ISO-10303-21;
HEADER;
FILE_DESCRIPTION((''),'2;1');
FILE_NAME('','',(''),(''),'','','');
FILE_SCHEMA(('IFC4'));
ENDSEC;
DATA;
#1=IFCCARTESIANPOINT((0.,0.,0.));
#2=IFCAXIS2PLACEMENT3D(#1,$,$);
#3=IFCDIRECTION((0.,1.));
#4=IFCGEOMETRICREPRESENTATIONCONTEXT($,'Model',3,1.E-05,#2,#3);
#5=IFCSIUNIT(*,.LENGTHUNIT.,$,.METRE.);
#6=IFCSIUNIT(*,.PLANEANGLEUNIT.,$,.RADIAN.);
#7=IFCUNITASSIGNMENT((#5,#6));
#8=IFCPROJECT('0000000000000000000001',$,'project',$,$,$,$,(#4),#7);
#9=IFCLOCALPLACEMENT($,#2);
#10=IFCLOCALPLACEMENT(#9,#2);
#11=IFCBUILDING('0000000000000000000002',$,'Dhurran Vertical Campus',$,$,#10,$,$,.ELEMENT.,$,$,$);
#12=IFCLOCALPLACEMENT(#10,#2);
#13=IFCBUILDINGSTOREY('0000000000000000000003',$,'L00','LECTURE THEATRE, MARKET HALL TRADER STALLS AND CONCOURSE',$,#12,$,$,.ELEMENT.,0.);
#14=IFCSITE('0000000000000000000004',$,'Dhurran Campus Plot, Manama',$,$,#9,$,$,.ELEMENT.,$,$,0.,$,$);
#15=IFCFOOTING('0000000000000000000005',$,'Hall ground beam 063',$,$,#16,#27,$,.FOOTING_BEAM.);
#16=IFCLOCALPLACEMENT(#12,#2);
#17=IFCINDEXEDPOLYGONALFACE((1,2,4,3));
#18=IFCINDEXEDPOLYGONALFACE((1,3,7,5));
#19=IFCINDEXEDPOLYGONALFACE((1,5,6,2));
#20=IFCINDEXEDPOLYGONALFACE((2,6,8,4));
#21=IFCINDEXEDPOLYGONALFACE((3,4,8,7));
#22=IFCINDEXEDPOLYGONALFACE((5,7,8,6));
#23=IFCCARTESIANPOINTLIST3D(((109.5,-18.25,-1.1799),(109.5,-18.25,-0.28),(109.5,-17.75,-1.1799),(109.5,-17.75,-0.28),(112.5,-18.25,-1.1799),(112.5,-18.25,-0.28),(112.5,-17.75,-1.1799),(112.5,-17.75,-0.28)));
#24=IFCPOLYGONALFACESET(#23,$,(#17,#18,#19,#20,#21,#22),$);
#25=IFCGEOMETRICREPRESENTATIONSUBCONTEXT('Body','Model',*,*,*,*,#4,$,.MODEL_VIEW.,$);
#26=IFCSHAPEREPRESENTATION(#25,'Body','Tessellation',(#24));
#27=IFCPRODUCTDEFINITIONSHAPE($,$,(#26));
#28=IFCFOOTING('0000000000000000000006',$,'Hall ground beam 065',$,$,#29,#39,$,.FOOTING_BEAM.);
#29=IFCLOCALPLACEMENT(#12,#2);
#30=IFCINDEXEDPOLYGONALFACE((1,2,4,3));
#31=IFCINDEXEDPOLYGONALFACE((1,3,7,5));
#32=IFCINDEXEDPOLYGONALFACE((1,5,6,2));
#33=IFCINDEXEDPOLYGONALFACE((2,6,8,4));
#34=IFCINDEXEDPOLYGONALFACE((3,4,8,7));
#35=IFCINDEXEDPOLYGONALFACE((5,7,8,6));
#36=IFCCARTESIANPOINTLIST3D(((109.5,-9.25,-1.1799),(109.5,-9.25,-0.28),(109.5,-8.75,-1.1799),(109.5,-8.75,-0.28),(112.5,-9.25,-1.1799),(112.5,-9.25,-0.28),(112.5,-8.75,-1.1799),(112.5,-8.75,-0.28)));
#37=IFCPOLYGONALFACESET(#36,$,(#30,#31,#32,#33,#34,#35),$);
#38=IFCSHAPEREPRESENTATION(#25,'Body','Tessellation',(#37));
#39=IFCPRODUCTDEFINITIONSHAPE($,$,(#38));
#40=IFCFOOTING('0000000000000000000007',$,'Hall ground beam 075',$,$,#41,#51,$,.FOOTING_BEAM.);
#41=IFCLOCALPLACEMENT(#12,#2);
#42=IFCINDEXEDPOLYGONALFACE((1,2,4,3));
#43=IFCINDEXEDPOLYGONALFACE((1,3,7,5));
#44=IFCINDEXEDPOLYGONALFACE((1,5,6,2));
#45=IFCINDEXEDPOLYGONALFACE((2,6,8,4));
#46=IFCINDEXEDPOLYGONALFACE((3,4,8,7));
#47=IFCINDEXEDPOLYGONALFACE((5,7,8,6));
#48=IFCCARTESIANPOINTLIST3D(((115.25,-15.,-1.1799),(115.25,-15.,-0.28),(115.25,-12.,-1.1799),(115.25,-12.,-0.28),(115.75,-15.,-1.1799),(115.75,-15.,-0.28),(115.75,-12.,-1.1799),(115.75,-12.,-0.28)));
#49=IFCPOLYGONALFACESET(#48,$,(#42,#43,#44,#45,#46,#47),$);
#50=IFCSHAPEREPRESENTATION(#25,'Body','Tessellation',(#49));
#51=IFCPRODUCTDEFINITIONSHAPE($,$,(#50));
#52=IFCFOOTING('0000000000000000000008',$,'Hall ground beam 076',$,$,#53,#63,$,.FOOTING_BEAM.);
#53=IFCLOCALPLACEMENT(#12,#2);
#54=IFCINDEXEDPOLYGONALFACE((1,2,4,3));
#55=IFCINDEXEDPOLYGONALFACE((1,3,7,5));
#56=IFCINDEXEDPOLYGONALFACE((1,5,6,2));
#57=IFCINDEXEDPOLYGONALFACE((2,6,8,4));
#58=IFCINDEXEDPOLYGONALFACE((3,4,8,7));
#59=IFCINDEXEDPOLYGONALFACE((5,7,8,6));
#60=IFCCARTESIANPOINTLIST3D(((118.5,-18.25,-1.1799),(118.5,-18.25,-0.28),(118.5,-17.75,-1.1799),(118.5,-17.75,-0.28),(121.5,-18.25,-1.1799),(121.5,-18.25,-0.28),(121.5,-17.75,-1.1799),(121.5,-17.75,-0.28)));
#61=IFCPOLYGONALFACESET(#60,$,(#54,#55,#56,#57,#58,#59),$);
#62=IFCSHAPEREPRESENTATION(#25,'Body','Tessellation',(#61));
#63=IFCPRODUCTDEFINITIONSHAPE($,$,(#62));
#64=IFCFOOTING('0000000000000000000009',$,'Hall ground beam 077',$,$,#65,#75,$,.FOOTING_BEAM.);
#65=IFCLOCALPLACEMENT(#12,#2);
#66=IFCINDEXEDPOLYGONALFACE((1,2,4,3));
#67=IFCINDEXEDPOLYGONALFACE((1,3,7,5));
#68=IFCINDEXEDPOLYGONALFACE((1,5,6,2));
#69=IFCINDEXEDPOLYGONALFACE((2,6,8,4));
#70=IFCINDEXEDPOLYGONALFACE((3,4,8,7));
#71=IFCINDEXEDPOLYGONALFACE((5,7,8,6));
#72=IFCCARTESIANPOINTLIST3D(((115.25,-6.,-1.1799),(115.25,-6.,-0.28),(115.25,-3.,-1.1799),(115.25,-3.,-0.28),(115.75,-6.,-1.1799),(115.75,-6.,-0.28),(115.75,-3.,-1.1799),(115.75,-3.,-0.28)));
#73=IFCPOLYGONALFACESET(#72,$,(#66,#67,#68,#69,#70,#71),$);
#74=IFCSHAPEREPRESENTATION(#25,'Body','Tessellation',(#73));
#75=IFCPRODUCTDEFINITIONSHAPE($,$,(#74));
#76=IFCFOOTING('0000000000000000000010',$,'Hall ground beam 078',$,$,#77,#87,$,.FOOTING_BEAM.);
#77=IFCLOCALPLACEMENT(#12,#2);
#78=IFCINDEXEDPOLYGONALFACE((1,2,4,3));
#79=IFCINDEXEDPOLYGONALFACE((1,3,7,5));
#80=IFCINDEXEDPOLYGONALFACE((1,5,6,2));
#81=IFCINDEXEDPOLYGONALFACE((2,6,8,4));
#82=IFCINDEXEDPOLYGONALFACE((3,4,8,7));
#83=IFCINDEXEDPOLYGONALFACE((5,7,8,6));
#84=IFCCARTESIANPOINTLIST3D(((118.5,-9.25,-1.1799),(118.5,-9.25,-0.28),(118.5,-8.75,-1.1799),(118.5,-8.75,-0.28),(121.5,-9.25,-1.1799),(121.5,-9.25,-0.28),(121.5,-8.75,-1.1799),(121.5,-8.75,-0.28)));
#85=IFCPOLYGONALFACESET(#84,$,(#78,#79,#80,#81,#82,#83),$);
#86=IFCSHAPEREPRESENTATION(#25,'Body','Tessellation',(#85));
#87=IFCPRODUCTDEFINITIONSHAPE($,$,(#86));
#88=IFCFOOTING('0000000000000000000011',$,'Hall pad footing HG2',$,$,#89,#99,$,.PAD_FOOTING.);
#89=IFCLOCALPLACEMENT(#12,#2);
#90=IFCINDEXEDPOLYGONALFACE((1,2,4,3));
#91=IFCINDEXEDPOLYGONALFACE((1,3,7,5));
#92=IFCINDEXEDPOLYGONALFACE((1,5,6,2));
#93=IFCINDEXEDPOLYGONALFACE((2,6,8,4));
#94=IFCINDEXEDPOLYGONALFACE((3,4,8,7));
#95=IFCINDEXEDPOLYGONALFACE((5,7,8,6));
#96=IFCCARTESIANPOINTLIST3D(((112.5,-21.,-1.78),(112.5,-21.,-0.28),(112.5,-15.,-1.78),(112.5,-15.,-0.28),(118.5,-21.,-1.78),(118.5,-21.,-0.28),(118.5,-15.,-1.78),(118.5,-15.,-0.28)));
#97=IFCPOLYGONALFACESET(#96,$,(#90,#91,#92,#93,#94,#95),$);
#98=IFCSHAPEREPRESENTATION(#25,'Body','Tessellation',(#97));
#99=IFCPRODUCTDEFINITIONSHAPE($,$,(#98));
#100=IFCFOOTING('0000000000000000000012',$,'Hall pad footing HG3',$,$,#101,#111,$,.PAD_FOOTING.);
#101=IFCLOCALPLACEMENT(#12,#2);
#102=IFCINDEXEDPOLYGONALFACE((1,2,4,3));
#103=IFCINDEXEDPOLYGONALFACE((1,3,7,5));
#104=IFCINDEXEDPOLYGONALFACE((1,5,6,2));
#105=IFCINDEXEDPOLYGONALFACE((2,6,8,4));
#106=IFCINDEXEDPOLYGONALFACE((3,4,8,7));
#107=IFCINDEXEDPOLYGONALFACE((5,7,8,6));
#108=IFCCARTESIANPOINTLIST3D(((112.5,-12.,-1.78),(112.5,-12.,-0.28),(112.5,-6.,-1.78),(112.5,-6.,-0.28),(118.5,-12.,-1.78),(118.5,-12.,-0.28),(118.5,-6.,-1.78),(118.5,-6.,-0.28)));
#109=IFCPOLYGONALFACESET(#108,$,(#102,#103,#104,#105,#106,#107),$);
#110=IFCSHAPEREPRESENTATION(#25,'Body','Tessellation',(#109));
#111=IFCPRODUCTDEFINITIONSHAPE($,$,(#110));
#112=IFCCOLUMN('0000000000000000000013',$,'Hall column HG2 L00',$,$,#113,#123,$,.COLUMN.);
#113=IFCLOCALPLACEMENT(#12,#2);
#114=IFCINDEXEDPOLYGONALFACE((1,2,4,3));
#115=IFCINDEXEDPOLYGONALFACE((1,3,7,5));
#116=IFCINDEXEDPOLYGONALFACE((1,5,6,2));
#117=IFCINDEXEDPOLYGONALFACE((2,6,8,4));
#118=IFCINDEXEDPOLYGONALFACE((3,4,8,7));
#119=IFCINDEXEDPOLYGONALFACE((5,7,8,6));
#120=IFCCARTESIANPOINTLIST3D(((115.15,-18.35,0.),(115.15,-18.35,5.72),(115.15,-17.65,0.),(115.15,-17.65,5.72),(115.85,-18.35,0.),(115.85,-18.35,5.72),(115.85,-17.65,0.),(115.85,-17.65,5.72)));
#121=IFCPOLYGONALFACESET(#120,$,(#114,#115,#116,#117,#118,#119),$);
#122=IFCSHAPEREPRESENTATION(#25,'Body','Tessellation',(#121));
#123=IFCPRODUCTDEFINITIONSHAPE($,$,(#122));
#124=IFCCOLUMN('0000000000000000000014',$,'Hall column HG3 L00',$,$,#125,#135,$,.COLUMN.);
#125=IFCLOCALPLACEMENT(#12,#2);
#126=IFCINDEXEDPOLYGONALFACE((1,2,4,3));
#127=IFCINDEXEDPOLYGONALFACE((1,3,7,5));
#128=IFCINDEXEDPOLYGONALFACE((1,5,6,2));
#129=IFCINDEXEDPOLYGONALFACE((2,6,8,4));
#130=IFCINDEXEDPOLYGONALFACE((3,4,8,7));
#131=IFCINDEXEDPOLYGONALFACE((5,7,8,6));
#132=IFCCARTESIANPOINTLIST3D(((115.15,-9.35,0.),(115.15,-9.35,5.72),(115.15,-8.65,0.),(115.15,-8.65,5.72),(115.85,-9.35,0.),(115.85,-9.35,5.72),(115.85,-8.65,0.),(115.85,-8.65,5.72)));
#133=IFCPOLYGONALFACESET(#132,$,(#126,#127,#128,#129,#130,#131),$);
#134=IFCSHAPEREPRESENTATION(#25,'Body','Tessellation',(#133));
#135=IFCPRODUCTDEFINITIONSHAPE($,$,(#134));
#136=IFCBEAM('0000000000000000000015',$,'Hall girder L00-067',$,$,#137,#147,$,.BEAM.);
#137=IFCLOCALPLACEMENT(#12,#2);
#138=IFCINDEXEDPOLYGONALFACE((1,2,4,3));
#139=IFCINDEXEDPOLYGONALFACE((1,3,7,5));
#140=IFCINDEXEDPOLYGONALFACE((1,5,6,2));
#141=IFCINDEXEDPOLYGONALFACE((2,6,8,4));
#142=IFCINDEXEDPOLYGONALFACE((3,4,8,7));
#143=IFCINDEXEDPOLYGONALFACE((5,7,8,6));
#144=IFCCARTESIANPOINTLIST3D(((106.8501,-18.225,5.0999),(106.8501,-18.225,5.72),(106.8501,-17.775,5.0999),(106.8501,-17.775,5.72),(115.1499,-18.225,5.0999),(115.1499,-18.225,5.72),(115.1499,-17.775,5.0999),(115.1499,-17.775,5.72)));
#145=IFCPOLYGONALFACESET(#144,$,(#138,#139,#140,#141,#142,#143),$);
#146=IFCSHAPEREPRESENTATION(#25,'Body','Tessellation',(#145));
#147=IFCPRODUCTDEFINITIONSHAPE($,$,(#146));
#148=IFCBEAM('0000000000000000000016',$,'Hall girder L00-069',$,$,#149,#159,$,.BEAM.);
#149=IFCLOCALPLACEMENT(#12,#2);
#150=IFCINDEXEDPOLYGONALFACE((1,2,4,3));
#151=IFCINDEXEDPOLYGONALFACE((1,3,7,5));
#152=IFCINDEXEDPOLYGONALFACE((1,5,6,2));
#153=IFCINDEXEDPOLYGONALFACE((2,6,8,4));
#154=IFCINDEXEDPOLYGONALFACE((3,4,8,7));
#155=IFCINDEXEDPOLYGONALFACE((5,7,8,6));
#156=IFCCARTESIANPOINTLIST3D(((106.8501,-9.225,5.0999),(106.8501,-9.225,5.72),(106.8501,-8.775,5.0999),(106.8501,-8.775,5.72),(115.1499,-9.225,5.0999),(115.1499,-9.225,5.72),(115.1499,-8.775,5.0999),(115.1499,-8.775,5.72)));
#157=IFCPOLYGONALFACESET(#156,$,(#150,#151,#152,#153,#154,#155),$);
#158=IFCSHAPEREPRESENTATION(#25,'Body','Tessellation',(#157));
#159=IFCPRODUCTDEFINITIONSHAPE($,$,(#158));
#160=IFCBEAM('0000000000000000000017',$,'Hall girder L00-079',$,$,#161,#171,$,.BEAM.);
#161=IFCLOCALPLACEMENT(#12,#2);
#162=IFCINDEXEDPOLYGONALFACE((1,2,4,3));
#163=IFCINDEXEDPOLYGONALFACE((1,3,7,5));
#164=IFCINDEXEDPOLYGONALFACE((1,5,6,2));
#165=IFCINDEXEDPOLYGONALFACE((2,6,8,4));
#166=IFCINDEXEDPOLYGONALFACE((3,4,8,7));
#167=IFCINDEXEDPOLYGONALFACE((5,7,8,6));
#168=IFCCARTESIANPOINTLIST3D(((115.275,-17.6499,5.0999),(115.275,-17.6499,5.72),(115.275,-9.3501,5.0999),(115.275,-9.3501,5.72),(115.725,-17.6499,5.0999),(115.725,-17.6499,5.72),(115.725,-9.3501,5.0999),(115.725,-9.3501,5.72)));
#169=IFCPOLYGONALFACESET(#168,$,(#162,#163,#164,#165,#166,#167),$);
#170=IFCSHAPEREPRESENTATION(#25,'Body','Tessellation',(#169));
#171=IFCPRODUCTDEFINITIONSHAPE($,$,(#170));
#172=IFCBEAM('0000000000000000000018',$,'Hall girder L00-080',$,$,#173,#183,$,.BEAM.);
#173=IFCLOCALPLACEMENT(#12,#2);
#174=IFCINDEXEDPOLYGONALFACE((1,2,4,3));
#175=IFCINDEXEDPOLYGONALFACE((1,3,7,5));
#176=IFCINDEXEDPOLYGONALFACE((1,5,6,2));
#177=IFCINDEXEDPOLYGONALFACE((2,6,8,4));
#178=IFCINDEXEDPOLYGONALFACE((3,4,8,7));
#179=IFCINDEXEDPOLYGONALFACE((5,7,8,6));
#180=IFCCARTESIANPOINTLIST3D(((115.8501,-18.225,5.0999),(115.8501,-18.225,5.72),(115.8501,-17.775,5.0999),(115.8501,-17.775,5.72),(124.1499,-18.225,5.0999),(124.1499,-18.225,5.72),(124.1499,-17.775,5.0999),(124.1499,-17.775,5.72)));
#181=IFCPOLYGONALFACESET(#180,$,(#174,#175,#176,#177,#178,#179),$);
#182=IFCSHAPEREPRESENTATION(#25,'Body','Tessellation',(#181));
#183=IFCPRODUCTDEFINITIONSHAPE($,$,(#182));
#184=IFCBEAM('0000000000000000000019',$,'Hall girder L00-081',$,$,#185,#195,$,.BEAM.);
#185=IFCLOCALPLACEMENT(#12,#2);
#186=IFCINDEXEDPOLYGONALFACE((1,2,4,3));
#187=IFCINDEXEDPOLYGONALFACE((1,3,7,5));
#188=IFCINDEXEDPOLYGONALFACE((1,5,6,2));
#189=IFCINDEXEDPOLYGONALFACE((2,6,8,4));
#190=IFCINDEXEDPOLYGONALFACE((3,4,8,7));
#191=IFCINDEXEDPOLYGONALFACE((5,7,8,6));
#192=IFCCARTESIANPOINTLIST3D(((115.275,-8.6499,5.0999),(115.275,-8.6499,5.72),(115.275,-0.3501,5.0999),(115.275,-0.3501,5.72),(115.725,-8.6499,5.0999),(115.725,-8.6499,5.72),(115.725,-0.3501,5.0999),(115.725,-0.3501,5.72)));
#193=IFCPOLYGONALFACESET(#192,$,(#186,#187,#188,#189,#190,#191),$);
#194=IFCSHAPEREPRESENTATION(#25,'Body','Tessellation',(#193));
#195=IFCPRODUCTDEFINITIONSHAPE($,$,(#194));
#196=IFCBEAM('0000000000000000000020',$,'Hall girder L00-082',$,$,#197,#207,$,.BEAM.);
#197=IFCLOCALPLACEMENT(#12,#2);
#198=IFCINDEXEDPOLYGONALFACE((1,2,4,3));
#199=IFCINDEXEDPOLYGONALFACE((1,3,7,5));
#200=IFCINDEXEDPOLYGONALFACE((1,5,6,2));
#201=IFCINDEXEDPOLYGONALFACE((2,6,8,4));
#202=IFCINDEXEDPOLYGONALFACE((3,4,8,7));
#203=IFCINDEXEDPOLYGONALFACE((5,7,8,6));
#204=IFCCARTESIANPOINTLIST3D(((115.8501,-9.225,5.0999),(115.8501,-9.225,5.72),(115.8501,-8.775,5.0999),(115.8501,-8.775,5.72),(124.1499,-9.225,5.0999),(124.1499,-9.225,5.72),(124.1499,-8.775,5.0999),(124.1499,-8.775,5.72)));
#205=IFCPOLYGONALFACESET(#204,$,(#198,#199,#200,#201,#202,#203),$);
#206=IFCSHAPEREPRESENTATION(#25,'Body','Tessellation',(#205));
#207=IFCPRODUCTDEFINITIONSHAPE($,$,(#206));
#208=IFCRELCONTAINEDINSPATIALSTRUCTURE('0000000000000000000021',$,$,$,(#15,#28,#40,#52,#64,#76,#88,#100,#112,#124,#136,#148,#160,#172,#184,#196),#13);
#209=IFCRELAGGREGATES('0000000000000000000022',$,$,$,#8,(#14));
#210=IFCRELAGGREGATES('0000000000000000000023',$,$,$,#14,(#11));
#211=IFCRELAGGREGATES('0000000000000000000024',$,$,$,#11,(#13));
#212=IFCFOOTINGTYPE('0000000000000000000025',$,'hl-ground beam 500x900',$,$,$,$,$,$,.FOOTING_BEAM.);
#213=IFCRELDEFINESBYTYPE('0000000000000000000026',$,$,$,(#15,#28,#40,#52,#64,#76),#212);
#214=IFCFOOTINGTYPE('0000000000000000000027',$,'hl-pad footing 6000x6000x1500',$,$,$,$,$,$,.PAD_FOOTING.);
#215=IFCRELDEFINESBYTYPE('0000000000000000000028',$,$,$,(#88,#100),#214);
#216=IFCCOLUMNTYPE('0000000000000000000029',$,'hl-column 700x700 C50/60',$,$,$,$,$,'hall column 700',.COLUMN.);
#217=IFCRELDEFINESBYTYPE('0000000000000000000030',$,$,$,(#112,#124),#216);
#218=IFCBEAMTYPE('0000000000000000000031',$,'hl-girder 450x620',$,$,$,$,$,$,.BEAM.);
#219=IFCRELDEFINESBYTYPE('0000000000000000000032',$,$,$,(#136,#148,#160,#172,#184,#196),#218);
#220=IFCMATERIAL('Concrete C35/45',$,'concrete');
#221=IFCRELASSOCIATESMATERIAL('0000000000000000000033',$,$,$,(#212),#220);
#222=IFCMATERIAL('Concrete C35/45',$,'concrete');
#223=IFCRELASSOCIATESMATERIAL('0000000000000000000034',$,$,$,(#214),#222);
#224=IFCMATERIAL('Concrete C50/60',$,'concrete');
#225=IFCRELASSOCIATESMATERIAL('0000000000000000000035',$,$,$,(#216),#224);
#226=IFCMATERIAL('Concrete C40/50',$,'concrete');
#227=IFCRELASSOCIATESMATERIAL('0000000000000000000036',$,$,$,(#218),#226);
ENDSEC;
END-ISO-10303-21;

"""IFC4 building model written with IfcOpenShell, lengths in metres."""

from ifc_helpers import new_model, si_unit, direction, frame, origin, origin_2d, place, context, subcontext, project, spatial, rectangle, extrude, material, material_profile, profile_set, type_object, element, save


model = new_model("IFC4")

# Units and contexts
model_context = context("Model", 3, precision=1e-05, world=origin(), true_north=direction((0.0, 1.0)))
body_context = subcontext(model_context, "Body", "Model", "MODEL_VIEW")
ifc_project = project(units=[si_unit("LENGTHUNIT", "METRE"), si_unit("PLANEANGLEUNIT", "RADIAN")], contexts=[model_context])

# Site, building, storey
site_placement = place(None, origin())
site = spatial("IfcSite", under=ifc_project, at=site_placement, Name="Dhurran Campus Plot, Manama", CompositionType="ELEMENT", RefElevation=0.0)
building_placement = place(site_placement, origin())
building = spatial("IfcBuilding", under=site, at=building_placement, Name="Dhurran Vertical Campus", CompositionType="ELEMENT")
storey_placement = place(building_placement, origin())
storey = spatial("IfcBuildingStorey", under=building, at=storey_placement, Name="L00", Description="LECTURE THEATRE, MARKET HALL TRADER STALLS AND CONCOURSE", CompositionType="ELEMENT", Elevation=0.0)

# Footings
ifc_material_1 = material(Name="Concrete C35/45", Category="concrete")
ifc_material_profile_1 = material_profile(ifc_material_1, rectangle(XDim=0.5, YDim=0.8999, at=origin_2d()), Name="hl-ground beam 500x900")
ifc_profile_set_1 = profile_set([ifc_material_profile_1], Name="Concrete C35/45")
footing_type_1 = type_object("IfcFootingType", Name="hl-ground beam 500x900", PredefinedType="FOOTING_BEAM", material=ifc_profile_set_1)
for number, where, z_axis, x_axis, name in (
    (1, (109.5, -18.0, -0.73), (1.0, 0.0, 0.0), (0.0, 1.0, 0.0), "Hall ground beam 063"),
    (2, (109.5, -9.0, -0.73), (1.0, 0.0, 0.0), (0.0, 1.0, 0.0), "Hall ground beam 065"),
    (3, (115.5, -15.0, -0.73), (0.0, 1.0, 0.0), (-1.0, 0.0, 0.0), "Hall ground beam 075"),
    (4, (118.5, -18.0, -0.73), (1.0, 0.0, 0.0), (0.0, 1.0, 0.0), "Hall ground beam 076"),
    (5, (115.5, -6.0, -0.73), (0.0, 1.0, 0.0), (-1.0, 0.0, 0.0), "Hall ground beam 077"),
    (6, (118.5, -9.0, -0.73), (1.0, 0.0, 0.0), (0.0, 1.0, 0.0), "Hall ground beam 078"),
):
    element("IfcFooting", number, at=place(storey_placement, frame(where, z_axis=z_axis, x_axis=x_axis)), inside=storey, type_object=footing_type_1, Name=name, PredefinedType="FOOTING_BEAM", context=body_context, shape_type="SweptSolid", body=[
        extrude(rectangle(XDim=0.5, YDim=0.8999, at=origin_2d()), origin(), (0.0, 0.0, 1.0), 3.0),
    ])
ifc_material_2 = material(Name="Concrete C35/45", Category="concrete")
footing_type_2 = type_object("IfcFootingType", Name="hl-pad footing 6000x6000x1500", PredefinedType="PAD_FOOTING", material=ifc_material_2)
for number, where, z_axis, x_axis, name in (
    (7, (115.5, -18.0, -1.78), (0.0, 0.0, 1.0), (1.0, 0.0, 0.0), "Hall pad footing HG2"),
    (8, (115.5, -9.0, -1.78), (0.0, 0.0, 1.0), (1.0, 0.0, 0.0), "Hall pad footing HG3"),
):
    element("IfcFooting", number, at=place(storey_placement, frame(where, z_axis=z_axis, x_axis=x_axis)), inside=storey, type_object=footing_type_2, Name=name, PredefinedType="PAD_FOOTING", context=body_context, shape_type="SweptSolid", body=[
        extrude(rectangle(XDim=6.0, YDim=6.0, at=origin_2d()), origin(), (0.0, 0.0, 1.0), 1.5),
    ])

# Columns
ifc_material_3 = material(Name="Concrete C50/60", Category="concrete")
ifc_material_profile_2 = material_profile(ifc_material_3, rectangle(XDim=0.7, YDim=0.7, at=origin_2d()), Name="hl-column 700x700 C50/60")
ifc_profile_set_2 = profile_set([ifc_material_profile_2], Name="Concrete C50/60")
column_type = type_object("IfcColumnType", Name="hl-column 700x700 C50/60", ElementType="hall column 700", PredefinedType="COLUMN", material=ifc_profile_set_2)
for number, where, z_axis, x_axis, name in (
    (9, (115.5, -18.0, 0.0), (0.0, 0.0, 1.0), (1.0, 0.0, 0.0), "Hall column HG2 L00"),
    (10, (115.5, -9.0, 0.0), (0.0, 0.0, 1.0), (1.0, 0.0, 0.0), "Hall column HG3 L00"),
):
    element("IfcColumn", number, at=place(storey_placement, frame(where, z_axis=z_axis, x_axis=x_axis)), inside=storey, type_object=column_type, Name=name, PredefinedType="COLUMN", context=body_context, shape_type="SweptSolid", body=[
        extrude(rectangle(XDim=0.7, YDim=0.7, at=origin_2d()), origin(), (0.0, 0.0, 1.0), 5.72),
    ])

# Beams
ifc_material_4 = material(Name="Concrete C40/50", Category="concrete")
ifc_material_profile_3 = material_profile(ifc_material_4, rectangle(XDim=0.45, YDim=0.6201, at=origin_2d()), Name="hl-girder 450x620")
ifc_profile_set_3 = profile_set([ifc_material_profile_3], Name="Concrete C40/50")
beam_type = type_object("IfcBeamType", Name="hl-girder 450x620", PredefinedType="BEAM", material=ifc_profile_set_3)
for number, where, z_axis, x_axis, name in (
    (11, (106.8501, -18.0, 5.4099), (1.0, 0.0, 0.0), (0.0, 1.0, 0.0), "Hall girder L00-067"),
    (12, (106.8501, -9.0, 5.4099), (1.0, 0.0, 0.0), (0.0, 1.0, 0.0), "Hall girder L00-069"),
    (13, (115.5, -17.6499, 5.4099), (0.0, 1.0, 0.0), (-1.0, 0.0, 0.0), "Hall girder L00-079"),
    (14, (115.8501, -18.0, 5.4099), (1.0, 0.0, 0.0), (0.0, 1.0, 0.0), "Hall girder L00-080"),
    (15, (115.5, -8.6499, 5.4099), (0.0, 1.0, 0.0), (-1.0, 0.0, 0.0), "Hall girder L00-081"),
    (16, (115.8501, -9.0, 5.4099), (1.0, 0.0, 0.0), (0.0, 1.0, 0.0), "Hall girder L00-082"),
):
    element("IfcBeam", number, at=place(storey_placement, frame(where, z_axis=z_axis, x_axis=x_axis)), inside=storey, type_object=beam_type, Name=name, PredefinedType="BEAM", context=body_context, shape_type="SweptSolid", body=[
        extrude(rectangle(XDim=0.45, YDim=0.6201, at=origin_2d()), origin(), (0.0, 0.0, 1.0), 8.2998),
    ])

save(model, "model.ifc")
